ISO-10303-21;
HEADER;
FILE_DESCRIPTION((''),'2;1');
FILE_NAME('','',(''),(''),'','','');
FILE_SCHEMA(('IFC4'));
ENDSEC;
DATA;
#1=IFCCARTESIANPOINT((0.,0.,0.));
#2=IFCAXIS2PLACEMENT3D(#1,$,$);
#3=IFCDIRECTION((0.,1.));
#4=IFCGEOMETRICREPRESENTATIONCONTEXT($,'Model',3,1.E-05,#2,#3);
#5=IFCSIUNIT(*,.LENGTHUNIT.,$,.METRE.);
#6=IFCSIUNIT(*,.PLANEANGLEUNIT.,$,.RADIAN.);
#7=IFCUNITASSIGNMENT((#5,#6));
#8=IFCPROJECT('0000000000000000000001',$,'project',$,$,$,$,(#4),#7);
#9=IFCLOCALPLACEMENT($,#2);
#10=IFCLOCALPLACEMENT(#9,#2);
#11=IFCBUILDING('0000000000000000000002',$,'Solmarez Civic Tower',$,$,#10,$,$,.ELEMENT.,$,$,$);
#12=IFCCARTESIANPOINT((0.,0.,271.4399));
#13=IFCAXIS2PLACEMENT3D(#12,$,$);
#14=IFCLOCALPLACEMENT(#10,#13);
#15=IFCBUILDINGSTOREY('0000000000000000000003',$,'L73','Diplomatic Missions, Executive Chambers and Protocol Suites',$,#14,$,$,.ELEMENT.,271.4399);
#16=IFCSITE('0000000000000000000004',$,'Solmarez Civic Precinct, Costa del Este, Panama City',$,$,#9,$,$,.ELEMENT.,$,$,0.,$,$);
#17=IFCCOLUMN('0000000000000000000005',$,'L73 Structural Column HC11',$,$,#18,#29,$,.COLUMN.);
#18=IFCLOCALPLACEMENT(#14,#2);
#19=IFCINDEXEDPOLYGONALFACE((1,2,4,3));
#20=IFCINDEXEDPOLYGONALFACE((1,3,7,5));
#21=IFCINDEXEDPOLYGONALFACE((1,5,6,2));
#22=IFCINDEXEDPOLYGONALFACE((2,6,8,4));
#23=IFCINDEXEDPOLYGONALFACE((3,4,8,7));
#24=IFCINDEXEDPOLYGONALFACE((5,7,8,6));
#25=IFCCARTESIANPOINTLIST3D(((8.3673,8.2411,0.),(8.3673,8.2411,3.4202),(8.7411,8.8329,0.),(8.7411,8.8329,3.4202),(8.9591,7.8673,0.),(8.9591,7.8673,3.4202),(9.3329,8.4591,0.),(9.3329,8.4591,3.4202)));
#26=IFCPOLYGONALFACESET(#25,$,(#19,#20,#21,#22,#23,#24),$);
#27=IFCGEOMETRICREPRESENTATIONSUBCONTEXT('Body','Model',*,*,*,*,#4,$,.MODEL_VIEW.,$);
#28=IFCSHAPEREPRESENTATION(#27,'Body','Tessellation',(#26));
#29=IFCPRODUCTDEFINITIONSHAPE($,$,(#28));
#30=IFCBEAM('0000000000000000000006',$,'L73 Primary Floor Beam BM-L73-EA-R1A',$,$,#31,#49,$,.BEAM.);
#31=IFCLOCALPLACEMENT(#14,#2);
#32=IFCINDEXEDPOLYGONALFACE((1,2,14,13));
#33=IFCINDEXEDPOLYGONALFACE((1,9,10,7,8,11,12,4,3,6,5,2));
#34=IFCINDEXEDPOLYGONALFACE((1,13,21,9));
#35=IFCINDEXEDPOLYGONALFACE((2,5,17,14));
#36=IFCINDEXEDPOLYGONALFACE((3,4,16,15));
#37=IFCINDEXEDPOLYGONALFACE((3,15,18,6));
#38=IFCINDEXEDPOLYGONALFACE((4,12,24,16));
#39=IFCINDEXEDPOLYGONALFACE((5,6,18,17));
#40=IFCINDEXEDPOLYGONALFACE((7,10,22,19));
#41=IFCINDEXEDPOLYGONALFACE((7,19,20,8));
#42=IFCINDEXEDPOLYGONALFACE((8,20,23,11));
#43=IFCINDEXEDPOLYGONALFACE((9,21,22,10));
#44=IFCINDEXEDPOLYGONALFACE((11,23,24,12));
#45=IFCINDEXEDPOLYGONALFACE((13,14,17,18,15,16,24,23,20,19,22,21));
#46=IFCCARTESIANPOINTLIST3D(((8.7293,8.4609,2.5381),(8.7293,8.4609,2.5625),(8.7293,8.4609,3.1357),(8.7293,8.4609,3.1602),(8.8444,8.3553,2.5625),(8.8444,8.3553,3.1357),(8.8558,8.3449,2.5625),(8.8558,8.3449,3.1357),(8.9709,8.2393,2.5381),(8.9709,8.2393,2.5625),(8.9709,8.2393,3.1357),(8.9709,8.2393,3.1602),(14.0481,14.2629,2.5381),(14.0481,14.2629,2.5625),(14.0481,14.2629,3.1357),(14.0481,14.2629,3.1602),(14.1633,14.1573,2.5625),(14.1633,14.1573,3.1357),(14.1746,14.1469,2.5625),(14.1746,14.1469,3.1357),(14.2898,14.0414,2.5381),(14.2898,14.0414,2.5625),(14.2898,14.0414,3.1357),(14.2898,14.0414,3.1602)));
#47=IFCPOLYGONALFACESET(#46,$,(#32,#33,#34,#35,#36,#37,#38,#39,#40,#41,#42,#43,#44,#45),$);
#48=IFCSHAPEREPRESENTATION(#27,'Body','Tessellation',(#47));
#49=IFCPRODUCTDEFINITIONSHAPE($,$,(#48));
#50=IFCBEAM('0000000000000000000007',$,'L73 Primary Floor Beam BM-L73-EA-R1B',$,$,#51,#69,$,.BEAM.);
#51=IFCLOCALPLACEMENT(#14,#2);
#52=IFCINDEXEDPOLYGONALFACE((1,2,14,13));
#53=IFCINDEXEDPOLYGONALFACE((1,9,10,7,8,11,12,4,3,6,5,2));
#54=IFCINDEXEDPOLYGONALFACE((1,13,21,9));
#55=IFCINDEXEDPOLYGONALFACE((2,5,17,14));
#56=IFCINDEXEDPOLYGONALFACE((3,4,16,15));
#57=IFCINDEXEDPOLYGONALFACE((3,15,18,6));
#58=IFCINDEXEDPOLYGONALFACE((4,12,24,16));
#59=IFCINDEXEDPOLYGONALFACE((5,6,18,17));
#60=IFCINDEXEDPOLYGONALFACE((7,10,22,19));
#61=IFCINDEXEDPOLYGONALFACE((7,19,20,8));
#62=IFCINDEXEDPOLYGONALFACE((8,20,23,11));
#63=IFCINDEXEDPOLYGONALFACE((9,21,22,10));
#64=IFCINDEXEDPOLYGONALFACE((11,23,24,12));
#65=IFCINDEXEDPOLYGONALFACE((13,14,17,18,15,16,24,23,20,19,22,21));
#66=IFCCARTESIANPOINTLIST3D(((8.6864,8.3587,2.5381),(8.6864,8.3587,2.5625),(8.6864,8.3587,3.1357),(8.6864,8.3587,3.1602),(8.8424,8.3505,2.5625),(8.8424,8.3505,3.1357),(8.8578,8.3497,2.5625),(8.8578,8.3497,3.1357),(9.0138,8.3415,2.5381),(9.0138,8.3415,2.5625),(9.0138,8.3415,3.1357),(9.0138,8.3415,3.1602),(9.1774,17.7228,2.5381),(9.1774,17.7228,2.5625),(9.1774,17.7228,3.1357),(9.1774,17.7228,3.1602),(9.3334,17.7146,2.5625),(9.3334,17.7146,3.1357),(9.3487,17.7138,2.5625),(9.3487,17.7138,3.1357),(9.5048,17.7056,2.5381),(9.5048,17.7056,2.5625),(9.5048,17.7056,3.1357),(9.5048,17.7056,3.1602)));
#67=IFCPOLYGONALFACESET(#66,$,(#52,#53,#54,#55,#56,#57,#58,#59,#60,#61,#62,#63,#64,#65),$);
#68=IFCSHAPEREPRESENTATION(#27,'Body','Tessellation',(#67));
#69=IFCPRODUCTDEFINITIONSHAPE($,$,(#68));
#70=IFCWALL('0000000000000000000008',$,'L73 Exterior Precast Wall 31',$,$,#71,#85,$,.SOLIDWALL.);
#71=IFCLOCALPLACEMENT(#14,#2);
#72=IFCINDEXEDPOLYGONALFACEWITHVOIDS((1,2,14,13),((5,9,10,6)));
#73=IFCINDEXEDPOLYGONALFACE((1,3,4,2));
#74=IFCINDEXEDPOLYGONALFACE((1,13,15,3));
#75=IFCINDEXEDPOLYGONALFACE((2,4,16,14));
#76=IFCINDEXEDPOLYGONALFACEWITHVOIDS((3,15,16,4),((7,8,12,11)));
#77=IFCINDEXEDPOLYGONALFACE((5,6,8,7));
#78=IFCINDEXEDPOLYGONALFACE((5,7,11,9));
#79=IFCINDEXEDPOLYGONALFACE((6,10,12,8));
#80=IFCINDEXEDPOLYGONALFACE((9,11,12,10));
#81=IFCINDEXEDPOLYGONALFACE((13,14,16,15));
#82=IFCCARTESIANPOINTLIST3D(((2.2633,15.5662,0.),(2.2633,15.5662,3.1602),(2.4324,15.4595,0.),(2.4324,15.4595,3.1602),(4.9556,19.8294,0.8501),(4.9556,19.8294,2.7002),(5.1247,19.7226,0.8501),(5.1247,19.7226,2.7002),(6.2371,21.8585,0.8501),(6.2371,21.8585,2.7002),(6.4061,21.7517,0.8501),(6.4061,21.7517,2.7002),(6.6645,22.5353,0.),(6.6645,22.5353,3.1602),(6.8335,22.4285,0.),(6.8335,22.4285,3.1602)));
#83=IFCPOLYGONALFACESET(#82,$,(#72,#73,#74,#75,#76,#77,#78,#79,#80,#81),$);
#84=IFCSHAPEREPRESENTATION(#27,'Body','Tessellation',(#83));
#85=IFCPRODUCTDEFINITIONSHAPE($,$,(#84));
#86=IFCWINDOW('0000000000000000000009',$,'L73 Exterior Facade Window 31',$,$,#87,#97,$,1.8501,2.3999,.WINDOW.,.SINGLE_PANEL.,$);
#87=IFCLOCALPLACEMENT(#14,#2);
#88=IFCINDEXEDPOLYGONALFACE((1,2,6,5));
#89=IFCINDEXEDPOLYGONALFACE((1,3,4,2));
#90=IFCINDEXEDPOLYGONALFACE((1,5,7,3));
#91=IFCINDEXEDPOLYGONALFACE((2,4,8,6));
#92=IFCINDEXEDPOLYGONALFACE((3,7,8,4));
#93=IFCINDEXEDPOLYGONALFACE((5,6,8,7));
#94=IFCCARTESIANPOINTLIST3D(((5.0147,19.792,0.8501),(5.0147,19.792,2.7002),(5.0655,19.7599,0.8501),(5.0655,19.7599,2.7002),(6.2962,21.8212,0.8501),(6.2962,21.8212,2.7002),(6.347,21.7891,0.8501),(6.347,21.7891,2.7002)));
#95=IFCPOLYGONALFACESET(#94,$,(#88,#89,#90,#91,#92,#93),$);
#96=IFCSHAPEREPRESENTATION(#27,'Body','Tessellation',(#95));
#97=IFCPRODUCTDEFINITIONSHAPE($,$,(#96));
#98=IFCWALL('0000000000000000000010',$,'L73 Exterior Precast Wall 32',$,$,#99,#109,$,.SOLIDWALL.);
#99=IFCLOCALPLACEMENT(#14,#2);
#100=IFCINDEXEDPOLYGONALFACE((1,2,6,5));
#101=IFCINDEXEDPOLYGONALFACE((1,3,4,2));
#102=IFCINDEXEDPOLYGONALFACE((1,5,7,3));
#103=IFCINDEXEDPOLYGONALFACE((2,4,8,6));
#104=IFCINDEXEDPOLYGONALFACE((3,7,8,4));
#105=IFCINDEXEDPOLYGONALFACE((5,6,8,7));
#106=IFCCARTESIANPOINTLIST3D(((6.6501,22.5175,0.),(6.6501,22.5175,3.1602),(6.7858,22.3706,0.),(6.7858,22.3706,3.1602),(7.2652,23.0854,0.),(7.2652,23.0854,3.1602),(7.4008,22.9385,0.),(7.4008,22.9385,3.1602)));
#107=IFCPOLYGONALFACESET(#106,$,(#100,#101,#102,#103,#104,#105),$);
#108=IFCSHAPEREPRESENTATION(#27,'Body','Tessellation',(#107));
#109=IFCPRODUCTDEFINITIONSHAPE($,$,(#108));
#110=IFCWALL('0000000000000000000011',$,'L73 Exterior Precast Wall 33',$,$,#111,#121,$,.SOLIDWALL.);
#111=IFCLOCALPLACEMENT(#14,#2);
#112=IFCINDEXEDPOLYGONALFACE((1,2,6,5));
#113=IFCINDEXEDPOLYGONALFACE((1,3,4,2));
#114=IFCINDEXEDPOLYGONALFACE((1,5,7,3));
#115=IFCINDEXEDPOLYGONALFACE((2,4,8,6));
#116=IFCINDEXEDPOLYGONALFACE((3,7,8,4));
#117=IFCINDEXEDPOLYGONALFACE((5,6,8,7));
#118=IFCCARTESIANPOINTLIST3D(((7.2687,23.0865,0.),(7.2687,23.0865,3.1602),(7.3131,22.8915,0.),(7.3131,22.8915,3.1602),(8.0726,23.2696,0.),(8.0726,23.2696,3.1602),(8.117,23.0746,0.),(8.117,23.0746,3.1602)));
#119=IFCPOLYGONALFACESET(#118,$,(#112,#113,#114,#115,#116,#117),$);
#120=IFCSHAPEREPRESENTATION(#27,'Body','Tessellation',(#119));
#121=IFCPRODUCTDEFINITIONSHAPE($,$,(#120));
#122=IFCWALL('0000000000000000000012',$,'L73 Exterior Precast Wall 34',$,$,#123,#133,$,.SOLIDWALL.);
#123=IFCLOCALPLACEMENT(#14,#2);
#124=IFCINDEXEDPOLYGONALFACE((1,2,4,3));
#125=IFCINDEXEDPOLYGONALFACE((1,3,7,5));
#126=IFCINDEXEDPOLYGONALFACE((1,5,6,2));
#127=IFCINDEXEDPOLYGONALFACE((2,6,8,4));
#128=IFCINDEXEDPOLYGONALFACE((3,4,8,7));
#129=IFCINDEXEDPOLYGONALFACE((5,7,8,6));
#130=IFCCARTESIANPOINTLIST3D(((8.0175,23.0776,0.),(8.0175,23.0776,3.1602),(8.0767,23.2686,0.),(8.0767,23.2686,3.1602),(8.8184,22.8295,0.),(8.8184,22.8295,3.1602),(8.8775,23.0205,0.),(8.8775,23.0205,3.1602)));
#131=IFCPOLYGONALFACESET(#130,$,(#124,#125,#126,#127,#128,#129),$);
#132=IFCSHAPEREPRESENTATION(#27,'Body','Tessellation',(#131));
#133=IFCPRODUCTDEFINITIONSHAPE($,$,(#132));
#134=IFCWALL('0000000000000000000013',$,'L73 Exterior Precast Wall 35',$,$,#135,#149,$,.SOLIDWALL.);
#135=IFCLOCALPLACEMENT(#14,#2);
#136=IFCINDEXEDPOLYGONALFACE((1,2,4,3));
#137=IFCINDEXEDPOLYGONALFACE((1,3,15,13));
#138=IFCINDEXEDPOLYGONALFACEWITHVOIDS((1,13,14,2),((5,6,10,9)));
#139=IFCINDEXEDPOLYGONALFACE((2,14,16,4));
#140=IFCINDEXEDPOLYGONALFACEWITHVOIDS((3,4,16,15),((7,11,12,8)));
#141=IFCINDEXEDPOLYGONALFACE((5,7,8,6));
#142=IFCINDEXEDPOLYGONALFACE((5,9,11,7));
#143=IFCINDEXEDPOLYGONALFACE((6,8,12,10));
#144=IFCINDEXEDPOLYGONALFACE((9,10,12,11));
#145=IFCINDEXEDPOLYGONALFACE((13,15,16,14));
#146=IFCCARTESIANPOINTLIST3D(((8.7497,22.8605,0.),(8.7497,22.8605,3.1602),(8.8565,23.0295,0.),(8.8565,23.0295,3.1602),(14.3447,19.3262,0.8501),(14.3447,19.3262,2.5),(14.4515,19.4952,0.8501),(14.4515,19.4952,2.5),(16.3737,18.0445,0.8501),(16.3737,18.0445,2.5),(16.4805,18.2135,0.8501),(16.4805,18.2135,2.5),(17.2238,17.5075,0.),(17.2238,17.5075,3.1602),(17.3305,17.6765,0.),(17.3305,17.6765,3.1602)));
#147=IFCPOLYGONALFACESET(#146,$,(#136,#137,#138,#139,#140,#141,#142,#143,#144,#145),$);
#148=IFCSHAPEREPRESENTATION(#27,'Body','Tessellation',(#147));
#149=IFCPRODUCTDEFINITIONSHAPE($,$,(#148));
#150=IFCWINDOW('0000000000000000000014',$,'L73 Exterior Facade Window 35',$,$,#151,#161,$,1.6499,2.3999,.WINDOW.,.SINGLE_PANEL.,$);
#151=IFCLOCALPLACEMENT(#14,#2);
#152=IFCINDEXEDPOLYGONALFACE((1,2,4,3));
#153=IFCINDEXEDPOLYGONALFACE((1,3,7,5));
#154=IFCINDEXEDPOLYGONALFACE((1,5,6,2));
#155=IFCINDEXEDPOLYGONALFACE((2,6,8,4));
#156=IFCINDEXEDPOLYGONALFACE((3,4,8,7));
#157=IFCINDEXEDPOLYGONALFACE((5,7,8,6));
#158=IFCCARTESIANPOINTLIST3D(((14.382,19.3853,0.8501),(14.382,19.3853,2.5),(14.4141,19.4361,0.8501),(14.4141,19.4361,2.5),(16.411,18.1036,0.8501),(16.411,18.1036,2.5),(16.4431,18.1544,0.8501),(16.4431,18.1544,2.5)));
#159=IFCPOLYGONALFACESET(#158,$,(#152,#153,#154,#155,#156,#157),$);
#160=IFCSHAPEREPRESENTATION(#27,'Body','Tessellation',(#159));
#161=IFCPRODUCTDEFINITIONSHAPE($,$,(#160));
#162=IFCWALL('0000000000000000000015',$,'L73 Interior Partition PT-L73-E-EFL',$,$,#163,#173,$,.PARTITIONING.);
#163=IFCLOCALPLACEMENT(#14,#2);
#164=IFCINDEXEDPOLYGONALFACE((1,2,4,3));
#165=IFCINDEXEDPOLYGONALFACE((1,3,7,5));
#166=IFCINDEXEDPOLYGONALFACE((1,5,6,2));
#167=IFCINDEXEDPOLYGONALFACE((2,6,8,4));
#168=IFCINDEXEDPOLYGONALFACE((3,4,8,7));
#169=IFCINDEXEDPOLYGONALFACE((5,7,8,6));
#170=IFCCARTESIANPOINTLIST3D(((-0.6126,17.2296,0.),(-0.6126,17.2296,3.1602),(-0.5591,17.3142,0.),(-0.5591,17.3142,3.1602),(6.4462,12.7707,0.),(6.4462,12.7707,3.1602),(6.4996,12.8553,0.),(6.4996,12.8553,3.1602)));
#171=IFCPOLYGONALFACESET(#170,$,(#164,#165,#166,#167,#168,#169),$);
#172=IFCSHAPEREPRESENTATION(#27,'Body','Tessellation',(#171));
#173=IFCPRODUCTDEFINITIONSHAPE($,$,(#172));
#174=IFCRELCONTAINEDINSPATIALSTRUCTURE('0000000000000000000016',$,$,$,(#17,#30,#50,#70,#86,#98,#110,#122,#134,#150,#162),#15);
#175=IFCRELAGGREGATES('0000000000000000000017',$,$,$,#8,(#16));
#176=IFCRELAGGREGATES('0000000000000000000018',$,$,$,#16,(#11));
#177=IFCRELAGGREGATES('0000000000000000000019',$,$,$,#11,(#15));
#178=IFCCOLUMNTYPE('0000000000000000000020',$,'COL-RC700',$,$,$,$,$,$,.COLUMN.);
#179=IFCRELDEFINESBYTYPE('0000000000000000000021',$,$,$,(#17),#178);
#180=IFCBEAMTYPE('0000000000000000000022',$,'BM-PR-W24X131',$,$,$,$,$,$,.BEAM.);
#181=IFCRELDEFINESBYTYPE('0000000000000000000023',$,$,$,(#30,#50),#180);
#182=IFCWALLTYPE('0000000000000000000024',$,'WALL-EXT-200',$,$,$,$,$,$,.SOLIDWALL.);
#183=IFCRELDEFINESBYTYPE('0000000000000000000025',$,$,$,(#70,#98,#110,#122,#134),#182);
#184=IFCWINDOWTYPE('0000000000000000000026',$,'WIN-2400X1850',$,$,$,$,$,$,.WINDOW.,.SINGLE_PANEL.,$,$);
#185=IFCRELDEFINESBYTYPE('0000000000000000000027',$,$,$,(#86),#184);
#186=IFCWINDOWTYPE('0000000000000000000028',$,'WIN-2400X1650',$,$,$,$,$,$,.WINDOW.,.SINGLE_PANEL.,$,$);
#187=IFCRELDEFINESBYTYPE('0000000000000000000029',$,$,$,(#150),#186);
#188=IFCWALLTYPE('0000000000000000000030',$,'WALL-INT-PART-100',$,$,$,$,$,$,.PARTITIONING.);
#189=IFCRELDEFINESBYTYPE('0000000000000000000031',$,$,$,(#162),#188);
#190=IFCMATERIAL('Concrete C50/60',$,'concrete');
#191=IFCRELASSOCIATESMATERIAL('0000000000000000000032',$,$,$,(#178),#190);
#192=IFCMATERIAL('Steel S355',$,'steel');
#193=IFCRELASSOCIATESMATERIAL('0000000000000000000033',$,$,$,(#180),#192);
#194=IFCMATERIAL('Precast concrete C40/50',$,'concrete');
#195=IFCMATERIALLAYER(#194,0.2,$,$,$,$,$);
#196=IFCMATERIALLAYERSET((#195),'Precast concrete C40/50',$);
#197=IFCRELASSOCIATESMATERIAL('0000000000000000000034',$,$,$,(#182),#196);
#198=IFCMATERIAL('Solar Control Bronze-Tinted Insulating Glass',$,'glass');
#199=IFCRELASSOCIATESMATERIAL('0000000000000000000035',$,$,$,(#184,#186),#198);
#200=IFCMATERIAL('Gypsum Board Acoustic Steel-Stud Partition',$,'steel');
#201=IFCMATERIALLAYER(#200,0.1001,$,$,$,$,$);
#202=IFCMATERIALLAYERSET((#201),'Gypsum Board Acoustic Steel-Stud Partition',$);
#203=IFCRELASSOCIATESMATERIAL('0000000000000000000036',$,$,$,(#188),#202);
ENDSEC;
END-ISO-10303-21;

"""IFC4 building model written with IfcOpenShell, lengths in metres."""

from ifc_helpers import new_model, si_unit, direction, frame, frame_2d, origin, origin_2d, place, context, subcontext, project, spatial, rectangle, i_section, extrude, material, layer, layer_set, material_profile, profile_set, type_object, element, fill, save


model = new_model("IFC4")

# Units and contexts
model_context = context("Model", 3, precision=1e-05, world=origin(), true_north=direction((0.0, 1.0)))
body_context = subcontext(model_context, "Body", "Model", "MODEL_VIEW")
ifc_project = project(units=[si_unit("LENGTHUNIT", "METRE"), si_unit("PLANEANGLEUNIT", "RADIAN")], contexts=[model_context])

# Site, building, storey
site_placement = place(None, origin())
site = spatial("IfcSite", under=ifc_project, at=site_placement, Name="Solmarez Civic Precinct, Costa del Este, Panama City", CompositionType="ELEMENT", RefElevation=0.0)
building_placement = place(site_placement, origin())
building = spatial("IfcBuilding", under=site, at=building_placement, Name="Solmarez Civic Tower", CompositionType="ELEMENT")
storey_placement = place(building_placement, frame((0.0, 0.0, 271.4399)))
storey = spatial("IfcBuildingStorey", under=building, at=storey_placement, Name="L73", Description="Diplomatic Missions, Executive Chambers and Protocol Suites", CompositionType="ELEMENT", Elevation=271.4399)

# Column
ifc_material_1 = material(Name="Concrete C50/60", Category="concrete")
ifc_material_profile_1 = material_profile(ifc_material_1, rectangle(XDim=0.7, YDim=0.7, at=origin_2d()), Name="RC700X700")
ifc_profile_set_1 = profile_set([ifc_material_profile_1], Name="Concrete C50/60")
column_type = type_object("IfcColumnType", Name="COL-RC700", PredefinedType="COLUMN", material=ifc_profile_set_1)
column_placement = place(storey_placement, frame((8.8501, 8.3501, 0.0), z_axis=(0.0, 0.0, 1.0), x_axis=(0.534057, 0.845448, 0.0)))
element("IfcColumn", 1, at=column_placement, inside=storey, type_object=column_type, Name="L73 Structural Column HC11", PredefinedType="COLUMN", context=body_context, shape_type="SweptSolid", body=[
    extrude(rectangle(XDim=0.7, YDim=0.7, at=origin_2d()), origin(), (0.0, 0.0, 1.0), 3.4202),
])

# Beams
ifc_material_2 = material(Name="Steel S355", Category="steel")
ifc_material_profile_2 = material_profile(ifc_material_2, i_section(OverallWidth=0.3279, OverallDepth=0.6221, WebThickness=0.0154, FlangeThickness=0.0244, at=origin_2d()), Name="W24X131")
ifc_profile_set_2 = profile_set([ifc_material_profile_2], Name="Steel S355")
beam_type = type_object("IfcBeamType", Name="BM-PR-W24X131", PredefinedType="BEAM", material=ifc_profile_set_2)
beam_1_placement = place(storey_placement, frame((8.8501, 8.3501, 2.8491), z_axis=(0.675749, 0.737132, 0.0), x_axis=(-0.737132, 0.675749, 0.0)))
element("IfcBeam", 2, at=beam_1_placement, inside=storey, type_object=beam_type, Name="L73 Primary Floor Beam BM-L73-EA-R1A", PredefinedType="BEAM", context=body_context, shape_type="SweptSolid", body=[
    extrude(i_section(OverallWidth=0.3279, OverallDepth=0.6221, WebThickness=0.0154, FlangeThickness=0.0244, at=origin_2d()), origin(), (0.0, 0.0, 1.0), 7.8711),
])
beam_2_placement = place(storey_placement, frame((8.8501, 8.3501, 2.8491), z_axis=(0.052359, 0.998628, 0.0), x_axis=(-0.998628, 0.052359, 0.0)))
element("IfcBeam", 3, at=beam_2_placement, inside=storey, type_object=beam_type, Name="L73 Primary Floor Beam BM-L73-EA-R1B", PredefinedType="BEAM", context=body_context, shape_type="SweptSolid", body=[
    extrude(i_section(OverallWidth=0.3279, OverallDepth=0.6221, WebThickness=0.0154, FlangeThickness=0.0244, at=origin_2d()), origin(), (0.0, 0.0, 1.0), 9.377),
])

# Wall, opening, window
ifc_material_3 = material(Name="Precast concrete C40/50", Category="concrete")
ifc_layer_1 = layer(ifc_material_3, 0.2)
ifc_layer_set_1 = layer_set([ifc_layer_1], Name="Precast concrete C40/50")
wall_type_1 = type_object("IfcWallType", Name="WALL-EXT-200", PredefinedType="SOLIDWALL", material=ifc_layer_set_1)
wall_1_placement = place(storey_placement, frame((2.3479, 15.5129, 0.0), z_axis=(0.0, 0.0, 1.0), x_axis=(0.533963, 0.845508, 0.0)))
wall_1 = element("IfcWall", 4, at=wall_1_placement, inside=storey, type_object=wall_type_1, Name="L73 Exterior Precast Wall 31", PredefinedType="SOLIDWALL", context=body_context, shape_type="SweptSolid", body=[
    extrude(rectangle(XDim=8.2424, YDim=0.2, at=frame_2d((4.1211, 0.0))), origin(), (0.0, 0.0, 1.0), 3.1602),
])
opening_1_placement = place(wall_1_placement, frame((5.042, 0.0, 0.8501)))
opening_1 = element("IfcOpeningElement", 5, at=opening_1_placement, cuts=wall_1, PredefinedType="OPENING", context=body_context, shape_type="SweptSolid", body=[
    extrude(rectangle(XDim=2.3999, YDim=1.8501, at=frame_2d((1.2, 0.925))), frame((0.0, 0.1099, 0.0), z_axis=(0.0, -1.0, 0.0), x_axis=(1.0, 0.0, 0.0)), (0.0, 0.0, 1.0), 0.22),
])
ifc_material_4 = material(Name="Solar Control Bronze-Tinted Insulating Glass", Category="glass")
window_type_1 = type_object("IfcWindowType", Name="WIN-2400X1850", PartitioningType="SINGLE_PANEL", PredefinedType="WINDOW", material=ifc_material_4)
window_1_placement = place(opening_1_placement, origin())
window_1 = element("IfcWindow", 6, at=window_1_placement, inside=storey, type_object=window_type_1, Name="L73 Exterior Facade Window 31", OverallHeight=1.8501, OverallWidth=2.3999, PartitioningType="SINGLE_PANEL", PredefinedType="WINDOW", context=body_context, shape_type="SweptSolid", body=[
    extrude(rectangle(XDim=2.3999, YDim=1.8501, at=frame_2d((1.2, 0.925))), frame((0.0, 0.03, 0.0), z_axis=(0.0, -1.0, 0.0), x_axis=(1.0, 0.0, 0.0)), (0.0, 0.0, 1.0), 0.0601),
])
fill(opening_1, window_1)

# Walls
wall_2_placement = place(storey_placement, frame((6.718, 22.4441, 0.0), z_axis=(0.0, 0.0, 1.0), x_axis=(0.734692, 0.678401, 0.0)))
element("IfcWall", 7, at=wall_2_placement, inside=storey, type_object=wall_type_1, Name="L73 Exterior Precast Wall 32", PredefinedType="SOLIDWALL", context=body_context, shape_type="SweptSolid", body=[
    extrude(rectangle(XDim=0.8372, YDim=0.2, at=frame_2d((0.4185, 0.0))), origin(), (0.0, 0.0, 1.0), 3.1602),
])
wall_3_placement = place(storey_placement, frame((7.291, 22.989, 0.0), z_axis=(0.0, 0.0, 1.0), x_axis=(0.975031, 0.222069, 0.0)))
element("IfcWall", 8, at=wall_3_placement, inside=storey, type_object=wall_type_1, Name="L73 Exterior Precast Wall 33", PredefinedType="SOLIDWALL", context=body_context, shape_type="SweptSolid", body=[
    extrude(rectangle(XDim=0.8245, YDim=0.2, at=frame_2d((0.4121, 0.0))), origin(), (0.0, 0.0, 1.0), 3.1602),
])
wall_4_placement = place(storey_placement, frame((8.0471, 23.1731, 0.0), z_axis=(0.0, 0.0, 1.0), x_axis=(0.955223, -0.295886, 0.0)))
element("IfcWall", 9, at=wall_4_placement, inside=storey, type_object=wall_type_1, Name="L73 Exterior Precast Wall 34", PredefinedType="SOLIDWALL", context=body_context, shape_type="SweptSolid", body=[
    extrude(rectangle(XDim=0.8384, YDim=0.2, at=frame_2d((0.4192, 0.0))), origin(), (0.0, 0.0, 1.0), 3.1602),
])

# Wall, opening, window
wall_5_placement = place(storey_placement, frame((8.803, 22.9451, 0.0), z_axis=(0.0, 0.0, 1.0), x_axis=(0.845446, -0.534061, 0.0)))
wall_5 = element("IfcWall", 10, at=wall_5_placement, inside=storey, type_object=wall_type_1, Name="L73 Exterior Precast Wall 35", PredefinedType="SOLIDWALL", context=body_context, shape_type="SweptSolid", body=[
    extrude(rectangle(XDim=10.0232, YDim=0.2, at=frame_2d((5.0117, 0.0))), origin(), (0.0, 0.0, 1.0), 3.1602),
])
opening_2_placement = place(wall_5_placement, frame((6.6179, 0.0, 0.8501)))
opening_2 = element("IfcOpeningElement", 11, at=opening_2_placement, cuts=wall_5, PredefinedType="OPENING", context=body_context, shape_type="SweptSolid", body=[
    extrude(rectangle(XDim=2.3999, YDim=1.6499, at=frame_2d((1.2, 0.825))), frame((0.0, 0.1099, 0.0), z_axis=(0.0, -1.0, 0.0), x_axis=(1.0, 0.0, 0.0)), (0.0, 0.0, 1.0), 0.22),
])
window_type_2 = type_object("IfcWindowType", Name="WIN-2400X1650", PartitioningType="SINGLE_PANEL", PredefinedType="WINDOW", material=ifc_material_4)
window_2_placement = place(opening_2_placement, origin())
window_2 = element("IfcWindow", 12, at=window_2_placement, inside=storey, type_object=window_type_2, Name="L73 Exterior Facade Window 35", OverallHeight=1.6499, OverallWidth=2.3999, PartitioningType="SINGLE_PANEL", PredefinedType="WINDOW", context=body_context, shape_type="SweptSolid", body=[
    extrude(rectangle(XDim=2.3999, YDim=1.6499, at=frame_2d((1.2, 0.825))), frame((0.0, 0.03, 0.0), z_axis=(0.0, -1.0, 0.0), x_axis=(1.0, 0.0, 0.0)), (0.0, 0.0, 1.0), 0.0601),
])
fill(opening_2, window_2)

# Wall
ifc_material_5 = material(Name="Gypsum Board Acoustic Steel-Stud Partition", Category="steel")
ifc_layer_2 = layer(ifc_material_5, 0.1001)
ifc_layer_set_2 = layer_set([ifc_layer_2], Name="Gypsum Board Acoustic Steel-Stud Partition")
wall_type_2 = type_object("IfcWallType", Name="WALL-INT-PART-100", PredefinedType="PARTITIONING", material=ifc_layer_set_2)
wall_6_placement = place(storey_placement, frame((6.4729, 12.813, 0.0), z_axis=(0.0, 0.0, 1.0), x_axis=(-0.845447, 0.534059, 0.0)))
element("IfcWall", 13, at=wall_6_placement, inside=storey, type_object=wall_type_2, Name="L73 Interior Partition PT-L73-E-EFL", PredefinedType="PARTITIONING", context=body_context, shape_type="SweptSolid", body=[
    extrude(rectangle(XDim=8.3491, YDim=0.1001, at=frame_2d((4.1746, 0.0))), origin(), (0.0, 0.0, 1.0), 3.1602),
])

save(model, "model.ifc")
